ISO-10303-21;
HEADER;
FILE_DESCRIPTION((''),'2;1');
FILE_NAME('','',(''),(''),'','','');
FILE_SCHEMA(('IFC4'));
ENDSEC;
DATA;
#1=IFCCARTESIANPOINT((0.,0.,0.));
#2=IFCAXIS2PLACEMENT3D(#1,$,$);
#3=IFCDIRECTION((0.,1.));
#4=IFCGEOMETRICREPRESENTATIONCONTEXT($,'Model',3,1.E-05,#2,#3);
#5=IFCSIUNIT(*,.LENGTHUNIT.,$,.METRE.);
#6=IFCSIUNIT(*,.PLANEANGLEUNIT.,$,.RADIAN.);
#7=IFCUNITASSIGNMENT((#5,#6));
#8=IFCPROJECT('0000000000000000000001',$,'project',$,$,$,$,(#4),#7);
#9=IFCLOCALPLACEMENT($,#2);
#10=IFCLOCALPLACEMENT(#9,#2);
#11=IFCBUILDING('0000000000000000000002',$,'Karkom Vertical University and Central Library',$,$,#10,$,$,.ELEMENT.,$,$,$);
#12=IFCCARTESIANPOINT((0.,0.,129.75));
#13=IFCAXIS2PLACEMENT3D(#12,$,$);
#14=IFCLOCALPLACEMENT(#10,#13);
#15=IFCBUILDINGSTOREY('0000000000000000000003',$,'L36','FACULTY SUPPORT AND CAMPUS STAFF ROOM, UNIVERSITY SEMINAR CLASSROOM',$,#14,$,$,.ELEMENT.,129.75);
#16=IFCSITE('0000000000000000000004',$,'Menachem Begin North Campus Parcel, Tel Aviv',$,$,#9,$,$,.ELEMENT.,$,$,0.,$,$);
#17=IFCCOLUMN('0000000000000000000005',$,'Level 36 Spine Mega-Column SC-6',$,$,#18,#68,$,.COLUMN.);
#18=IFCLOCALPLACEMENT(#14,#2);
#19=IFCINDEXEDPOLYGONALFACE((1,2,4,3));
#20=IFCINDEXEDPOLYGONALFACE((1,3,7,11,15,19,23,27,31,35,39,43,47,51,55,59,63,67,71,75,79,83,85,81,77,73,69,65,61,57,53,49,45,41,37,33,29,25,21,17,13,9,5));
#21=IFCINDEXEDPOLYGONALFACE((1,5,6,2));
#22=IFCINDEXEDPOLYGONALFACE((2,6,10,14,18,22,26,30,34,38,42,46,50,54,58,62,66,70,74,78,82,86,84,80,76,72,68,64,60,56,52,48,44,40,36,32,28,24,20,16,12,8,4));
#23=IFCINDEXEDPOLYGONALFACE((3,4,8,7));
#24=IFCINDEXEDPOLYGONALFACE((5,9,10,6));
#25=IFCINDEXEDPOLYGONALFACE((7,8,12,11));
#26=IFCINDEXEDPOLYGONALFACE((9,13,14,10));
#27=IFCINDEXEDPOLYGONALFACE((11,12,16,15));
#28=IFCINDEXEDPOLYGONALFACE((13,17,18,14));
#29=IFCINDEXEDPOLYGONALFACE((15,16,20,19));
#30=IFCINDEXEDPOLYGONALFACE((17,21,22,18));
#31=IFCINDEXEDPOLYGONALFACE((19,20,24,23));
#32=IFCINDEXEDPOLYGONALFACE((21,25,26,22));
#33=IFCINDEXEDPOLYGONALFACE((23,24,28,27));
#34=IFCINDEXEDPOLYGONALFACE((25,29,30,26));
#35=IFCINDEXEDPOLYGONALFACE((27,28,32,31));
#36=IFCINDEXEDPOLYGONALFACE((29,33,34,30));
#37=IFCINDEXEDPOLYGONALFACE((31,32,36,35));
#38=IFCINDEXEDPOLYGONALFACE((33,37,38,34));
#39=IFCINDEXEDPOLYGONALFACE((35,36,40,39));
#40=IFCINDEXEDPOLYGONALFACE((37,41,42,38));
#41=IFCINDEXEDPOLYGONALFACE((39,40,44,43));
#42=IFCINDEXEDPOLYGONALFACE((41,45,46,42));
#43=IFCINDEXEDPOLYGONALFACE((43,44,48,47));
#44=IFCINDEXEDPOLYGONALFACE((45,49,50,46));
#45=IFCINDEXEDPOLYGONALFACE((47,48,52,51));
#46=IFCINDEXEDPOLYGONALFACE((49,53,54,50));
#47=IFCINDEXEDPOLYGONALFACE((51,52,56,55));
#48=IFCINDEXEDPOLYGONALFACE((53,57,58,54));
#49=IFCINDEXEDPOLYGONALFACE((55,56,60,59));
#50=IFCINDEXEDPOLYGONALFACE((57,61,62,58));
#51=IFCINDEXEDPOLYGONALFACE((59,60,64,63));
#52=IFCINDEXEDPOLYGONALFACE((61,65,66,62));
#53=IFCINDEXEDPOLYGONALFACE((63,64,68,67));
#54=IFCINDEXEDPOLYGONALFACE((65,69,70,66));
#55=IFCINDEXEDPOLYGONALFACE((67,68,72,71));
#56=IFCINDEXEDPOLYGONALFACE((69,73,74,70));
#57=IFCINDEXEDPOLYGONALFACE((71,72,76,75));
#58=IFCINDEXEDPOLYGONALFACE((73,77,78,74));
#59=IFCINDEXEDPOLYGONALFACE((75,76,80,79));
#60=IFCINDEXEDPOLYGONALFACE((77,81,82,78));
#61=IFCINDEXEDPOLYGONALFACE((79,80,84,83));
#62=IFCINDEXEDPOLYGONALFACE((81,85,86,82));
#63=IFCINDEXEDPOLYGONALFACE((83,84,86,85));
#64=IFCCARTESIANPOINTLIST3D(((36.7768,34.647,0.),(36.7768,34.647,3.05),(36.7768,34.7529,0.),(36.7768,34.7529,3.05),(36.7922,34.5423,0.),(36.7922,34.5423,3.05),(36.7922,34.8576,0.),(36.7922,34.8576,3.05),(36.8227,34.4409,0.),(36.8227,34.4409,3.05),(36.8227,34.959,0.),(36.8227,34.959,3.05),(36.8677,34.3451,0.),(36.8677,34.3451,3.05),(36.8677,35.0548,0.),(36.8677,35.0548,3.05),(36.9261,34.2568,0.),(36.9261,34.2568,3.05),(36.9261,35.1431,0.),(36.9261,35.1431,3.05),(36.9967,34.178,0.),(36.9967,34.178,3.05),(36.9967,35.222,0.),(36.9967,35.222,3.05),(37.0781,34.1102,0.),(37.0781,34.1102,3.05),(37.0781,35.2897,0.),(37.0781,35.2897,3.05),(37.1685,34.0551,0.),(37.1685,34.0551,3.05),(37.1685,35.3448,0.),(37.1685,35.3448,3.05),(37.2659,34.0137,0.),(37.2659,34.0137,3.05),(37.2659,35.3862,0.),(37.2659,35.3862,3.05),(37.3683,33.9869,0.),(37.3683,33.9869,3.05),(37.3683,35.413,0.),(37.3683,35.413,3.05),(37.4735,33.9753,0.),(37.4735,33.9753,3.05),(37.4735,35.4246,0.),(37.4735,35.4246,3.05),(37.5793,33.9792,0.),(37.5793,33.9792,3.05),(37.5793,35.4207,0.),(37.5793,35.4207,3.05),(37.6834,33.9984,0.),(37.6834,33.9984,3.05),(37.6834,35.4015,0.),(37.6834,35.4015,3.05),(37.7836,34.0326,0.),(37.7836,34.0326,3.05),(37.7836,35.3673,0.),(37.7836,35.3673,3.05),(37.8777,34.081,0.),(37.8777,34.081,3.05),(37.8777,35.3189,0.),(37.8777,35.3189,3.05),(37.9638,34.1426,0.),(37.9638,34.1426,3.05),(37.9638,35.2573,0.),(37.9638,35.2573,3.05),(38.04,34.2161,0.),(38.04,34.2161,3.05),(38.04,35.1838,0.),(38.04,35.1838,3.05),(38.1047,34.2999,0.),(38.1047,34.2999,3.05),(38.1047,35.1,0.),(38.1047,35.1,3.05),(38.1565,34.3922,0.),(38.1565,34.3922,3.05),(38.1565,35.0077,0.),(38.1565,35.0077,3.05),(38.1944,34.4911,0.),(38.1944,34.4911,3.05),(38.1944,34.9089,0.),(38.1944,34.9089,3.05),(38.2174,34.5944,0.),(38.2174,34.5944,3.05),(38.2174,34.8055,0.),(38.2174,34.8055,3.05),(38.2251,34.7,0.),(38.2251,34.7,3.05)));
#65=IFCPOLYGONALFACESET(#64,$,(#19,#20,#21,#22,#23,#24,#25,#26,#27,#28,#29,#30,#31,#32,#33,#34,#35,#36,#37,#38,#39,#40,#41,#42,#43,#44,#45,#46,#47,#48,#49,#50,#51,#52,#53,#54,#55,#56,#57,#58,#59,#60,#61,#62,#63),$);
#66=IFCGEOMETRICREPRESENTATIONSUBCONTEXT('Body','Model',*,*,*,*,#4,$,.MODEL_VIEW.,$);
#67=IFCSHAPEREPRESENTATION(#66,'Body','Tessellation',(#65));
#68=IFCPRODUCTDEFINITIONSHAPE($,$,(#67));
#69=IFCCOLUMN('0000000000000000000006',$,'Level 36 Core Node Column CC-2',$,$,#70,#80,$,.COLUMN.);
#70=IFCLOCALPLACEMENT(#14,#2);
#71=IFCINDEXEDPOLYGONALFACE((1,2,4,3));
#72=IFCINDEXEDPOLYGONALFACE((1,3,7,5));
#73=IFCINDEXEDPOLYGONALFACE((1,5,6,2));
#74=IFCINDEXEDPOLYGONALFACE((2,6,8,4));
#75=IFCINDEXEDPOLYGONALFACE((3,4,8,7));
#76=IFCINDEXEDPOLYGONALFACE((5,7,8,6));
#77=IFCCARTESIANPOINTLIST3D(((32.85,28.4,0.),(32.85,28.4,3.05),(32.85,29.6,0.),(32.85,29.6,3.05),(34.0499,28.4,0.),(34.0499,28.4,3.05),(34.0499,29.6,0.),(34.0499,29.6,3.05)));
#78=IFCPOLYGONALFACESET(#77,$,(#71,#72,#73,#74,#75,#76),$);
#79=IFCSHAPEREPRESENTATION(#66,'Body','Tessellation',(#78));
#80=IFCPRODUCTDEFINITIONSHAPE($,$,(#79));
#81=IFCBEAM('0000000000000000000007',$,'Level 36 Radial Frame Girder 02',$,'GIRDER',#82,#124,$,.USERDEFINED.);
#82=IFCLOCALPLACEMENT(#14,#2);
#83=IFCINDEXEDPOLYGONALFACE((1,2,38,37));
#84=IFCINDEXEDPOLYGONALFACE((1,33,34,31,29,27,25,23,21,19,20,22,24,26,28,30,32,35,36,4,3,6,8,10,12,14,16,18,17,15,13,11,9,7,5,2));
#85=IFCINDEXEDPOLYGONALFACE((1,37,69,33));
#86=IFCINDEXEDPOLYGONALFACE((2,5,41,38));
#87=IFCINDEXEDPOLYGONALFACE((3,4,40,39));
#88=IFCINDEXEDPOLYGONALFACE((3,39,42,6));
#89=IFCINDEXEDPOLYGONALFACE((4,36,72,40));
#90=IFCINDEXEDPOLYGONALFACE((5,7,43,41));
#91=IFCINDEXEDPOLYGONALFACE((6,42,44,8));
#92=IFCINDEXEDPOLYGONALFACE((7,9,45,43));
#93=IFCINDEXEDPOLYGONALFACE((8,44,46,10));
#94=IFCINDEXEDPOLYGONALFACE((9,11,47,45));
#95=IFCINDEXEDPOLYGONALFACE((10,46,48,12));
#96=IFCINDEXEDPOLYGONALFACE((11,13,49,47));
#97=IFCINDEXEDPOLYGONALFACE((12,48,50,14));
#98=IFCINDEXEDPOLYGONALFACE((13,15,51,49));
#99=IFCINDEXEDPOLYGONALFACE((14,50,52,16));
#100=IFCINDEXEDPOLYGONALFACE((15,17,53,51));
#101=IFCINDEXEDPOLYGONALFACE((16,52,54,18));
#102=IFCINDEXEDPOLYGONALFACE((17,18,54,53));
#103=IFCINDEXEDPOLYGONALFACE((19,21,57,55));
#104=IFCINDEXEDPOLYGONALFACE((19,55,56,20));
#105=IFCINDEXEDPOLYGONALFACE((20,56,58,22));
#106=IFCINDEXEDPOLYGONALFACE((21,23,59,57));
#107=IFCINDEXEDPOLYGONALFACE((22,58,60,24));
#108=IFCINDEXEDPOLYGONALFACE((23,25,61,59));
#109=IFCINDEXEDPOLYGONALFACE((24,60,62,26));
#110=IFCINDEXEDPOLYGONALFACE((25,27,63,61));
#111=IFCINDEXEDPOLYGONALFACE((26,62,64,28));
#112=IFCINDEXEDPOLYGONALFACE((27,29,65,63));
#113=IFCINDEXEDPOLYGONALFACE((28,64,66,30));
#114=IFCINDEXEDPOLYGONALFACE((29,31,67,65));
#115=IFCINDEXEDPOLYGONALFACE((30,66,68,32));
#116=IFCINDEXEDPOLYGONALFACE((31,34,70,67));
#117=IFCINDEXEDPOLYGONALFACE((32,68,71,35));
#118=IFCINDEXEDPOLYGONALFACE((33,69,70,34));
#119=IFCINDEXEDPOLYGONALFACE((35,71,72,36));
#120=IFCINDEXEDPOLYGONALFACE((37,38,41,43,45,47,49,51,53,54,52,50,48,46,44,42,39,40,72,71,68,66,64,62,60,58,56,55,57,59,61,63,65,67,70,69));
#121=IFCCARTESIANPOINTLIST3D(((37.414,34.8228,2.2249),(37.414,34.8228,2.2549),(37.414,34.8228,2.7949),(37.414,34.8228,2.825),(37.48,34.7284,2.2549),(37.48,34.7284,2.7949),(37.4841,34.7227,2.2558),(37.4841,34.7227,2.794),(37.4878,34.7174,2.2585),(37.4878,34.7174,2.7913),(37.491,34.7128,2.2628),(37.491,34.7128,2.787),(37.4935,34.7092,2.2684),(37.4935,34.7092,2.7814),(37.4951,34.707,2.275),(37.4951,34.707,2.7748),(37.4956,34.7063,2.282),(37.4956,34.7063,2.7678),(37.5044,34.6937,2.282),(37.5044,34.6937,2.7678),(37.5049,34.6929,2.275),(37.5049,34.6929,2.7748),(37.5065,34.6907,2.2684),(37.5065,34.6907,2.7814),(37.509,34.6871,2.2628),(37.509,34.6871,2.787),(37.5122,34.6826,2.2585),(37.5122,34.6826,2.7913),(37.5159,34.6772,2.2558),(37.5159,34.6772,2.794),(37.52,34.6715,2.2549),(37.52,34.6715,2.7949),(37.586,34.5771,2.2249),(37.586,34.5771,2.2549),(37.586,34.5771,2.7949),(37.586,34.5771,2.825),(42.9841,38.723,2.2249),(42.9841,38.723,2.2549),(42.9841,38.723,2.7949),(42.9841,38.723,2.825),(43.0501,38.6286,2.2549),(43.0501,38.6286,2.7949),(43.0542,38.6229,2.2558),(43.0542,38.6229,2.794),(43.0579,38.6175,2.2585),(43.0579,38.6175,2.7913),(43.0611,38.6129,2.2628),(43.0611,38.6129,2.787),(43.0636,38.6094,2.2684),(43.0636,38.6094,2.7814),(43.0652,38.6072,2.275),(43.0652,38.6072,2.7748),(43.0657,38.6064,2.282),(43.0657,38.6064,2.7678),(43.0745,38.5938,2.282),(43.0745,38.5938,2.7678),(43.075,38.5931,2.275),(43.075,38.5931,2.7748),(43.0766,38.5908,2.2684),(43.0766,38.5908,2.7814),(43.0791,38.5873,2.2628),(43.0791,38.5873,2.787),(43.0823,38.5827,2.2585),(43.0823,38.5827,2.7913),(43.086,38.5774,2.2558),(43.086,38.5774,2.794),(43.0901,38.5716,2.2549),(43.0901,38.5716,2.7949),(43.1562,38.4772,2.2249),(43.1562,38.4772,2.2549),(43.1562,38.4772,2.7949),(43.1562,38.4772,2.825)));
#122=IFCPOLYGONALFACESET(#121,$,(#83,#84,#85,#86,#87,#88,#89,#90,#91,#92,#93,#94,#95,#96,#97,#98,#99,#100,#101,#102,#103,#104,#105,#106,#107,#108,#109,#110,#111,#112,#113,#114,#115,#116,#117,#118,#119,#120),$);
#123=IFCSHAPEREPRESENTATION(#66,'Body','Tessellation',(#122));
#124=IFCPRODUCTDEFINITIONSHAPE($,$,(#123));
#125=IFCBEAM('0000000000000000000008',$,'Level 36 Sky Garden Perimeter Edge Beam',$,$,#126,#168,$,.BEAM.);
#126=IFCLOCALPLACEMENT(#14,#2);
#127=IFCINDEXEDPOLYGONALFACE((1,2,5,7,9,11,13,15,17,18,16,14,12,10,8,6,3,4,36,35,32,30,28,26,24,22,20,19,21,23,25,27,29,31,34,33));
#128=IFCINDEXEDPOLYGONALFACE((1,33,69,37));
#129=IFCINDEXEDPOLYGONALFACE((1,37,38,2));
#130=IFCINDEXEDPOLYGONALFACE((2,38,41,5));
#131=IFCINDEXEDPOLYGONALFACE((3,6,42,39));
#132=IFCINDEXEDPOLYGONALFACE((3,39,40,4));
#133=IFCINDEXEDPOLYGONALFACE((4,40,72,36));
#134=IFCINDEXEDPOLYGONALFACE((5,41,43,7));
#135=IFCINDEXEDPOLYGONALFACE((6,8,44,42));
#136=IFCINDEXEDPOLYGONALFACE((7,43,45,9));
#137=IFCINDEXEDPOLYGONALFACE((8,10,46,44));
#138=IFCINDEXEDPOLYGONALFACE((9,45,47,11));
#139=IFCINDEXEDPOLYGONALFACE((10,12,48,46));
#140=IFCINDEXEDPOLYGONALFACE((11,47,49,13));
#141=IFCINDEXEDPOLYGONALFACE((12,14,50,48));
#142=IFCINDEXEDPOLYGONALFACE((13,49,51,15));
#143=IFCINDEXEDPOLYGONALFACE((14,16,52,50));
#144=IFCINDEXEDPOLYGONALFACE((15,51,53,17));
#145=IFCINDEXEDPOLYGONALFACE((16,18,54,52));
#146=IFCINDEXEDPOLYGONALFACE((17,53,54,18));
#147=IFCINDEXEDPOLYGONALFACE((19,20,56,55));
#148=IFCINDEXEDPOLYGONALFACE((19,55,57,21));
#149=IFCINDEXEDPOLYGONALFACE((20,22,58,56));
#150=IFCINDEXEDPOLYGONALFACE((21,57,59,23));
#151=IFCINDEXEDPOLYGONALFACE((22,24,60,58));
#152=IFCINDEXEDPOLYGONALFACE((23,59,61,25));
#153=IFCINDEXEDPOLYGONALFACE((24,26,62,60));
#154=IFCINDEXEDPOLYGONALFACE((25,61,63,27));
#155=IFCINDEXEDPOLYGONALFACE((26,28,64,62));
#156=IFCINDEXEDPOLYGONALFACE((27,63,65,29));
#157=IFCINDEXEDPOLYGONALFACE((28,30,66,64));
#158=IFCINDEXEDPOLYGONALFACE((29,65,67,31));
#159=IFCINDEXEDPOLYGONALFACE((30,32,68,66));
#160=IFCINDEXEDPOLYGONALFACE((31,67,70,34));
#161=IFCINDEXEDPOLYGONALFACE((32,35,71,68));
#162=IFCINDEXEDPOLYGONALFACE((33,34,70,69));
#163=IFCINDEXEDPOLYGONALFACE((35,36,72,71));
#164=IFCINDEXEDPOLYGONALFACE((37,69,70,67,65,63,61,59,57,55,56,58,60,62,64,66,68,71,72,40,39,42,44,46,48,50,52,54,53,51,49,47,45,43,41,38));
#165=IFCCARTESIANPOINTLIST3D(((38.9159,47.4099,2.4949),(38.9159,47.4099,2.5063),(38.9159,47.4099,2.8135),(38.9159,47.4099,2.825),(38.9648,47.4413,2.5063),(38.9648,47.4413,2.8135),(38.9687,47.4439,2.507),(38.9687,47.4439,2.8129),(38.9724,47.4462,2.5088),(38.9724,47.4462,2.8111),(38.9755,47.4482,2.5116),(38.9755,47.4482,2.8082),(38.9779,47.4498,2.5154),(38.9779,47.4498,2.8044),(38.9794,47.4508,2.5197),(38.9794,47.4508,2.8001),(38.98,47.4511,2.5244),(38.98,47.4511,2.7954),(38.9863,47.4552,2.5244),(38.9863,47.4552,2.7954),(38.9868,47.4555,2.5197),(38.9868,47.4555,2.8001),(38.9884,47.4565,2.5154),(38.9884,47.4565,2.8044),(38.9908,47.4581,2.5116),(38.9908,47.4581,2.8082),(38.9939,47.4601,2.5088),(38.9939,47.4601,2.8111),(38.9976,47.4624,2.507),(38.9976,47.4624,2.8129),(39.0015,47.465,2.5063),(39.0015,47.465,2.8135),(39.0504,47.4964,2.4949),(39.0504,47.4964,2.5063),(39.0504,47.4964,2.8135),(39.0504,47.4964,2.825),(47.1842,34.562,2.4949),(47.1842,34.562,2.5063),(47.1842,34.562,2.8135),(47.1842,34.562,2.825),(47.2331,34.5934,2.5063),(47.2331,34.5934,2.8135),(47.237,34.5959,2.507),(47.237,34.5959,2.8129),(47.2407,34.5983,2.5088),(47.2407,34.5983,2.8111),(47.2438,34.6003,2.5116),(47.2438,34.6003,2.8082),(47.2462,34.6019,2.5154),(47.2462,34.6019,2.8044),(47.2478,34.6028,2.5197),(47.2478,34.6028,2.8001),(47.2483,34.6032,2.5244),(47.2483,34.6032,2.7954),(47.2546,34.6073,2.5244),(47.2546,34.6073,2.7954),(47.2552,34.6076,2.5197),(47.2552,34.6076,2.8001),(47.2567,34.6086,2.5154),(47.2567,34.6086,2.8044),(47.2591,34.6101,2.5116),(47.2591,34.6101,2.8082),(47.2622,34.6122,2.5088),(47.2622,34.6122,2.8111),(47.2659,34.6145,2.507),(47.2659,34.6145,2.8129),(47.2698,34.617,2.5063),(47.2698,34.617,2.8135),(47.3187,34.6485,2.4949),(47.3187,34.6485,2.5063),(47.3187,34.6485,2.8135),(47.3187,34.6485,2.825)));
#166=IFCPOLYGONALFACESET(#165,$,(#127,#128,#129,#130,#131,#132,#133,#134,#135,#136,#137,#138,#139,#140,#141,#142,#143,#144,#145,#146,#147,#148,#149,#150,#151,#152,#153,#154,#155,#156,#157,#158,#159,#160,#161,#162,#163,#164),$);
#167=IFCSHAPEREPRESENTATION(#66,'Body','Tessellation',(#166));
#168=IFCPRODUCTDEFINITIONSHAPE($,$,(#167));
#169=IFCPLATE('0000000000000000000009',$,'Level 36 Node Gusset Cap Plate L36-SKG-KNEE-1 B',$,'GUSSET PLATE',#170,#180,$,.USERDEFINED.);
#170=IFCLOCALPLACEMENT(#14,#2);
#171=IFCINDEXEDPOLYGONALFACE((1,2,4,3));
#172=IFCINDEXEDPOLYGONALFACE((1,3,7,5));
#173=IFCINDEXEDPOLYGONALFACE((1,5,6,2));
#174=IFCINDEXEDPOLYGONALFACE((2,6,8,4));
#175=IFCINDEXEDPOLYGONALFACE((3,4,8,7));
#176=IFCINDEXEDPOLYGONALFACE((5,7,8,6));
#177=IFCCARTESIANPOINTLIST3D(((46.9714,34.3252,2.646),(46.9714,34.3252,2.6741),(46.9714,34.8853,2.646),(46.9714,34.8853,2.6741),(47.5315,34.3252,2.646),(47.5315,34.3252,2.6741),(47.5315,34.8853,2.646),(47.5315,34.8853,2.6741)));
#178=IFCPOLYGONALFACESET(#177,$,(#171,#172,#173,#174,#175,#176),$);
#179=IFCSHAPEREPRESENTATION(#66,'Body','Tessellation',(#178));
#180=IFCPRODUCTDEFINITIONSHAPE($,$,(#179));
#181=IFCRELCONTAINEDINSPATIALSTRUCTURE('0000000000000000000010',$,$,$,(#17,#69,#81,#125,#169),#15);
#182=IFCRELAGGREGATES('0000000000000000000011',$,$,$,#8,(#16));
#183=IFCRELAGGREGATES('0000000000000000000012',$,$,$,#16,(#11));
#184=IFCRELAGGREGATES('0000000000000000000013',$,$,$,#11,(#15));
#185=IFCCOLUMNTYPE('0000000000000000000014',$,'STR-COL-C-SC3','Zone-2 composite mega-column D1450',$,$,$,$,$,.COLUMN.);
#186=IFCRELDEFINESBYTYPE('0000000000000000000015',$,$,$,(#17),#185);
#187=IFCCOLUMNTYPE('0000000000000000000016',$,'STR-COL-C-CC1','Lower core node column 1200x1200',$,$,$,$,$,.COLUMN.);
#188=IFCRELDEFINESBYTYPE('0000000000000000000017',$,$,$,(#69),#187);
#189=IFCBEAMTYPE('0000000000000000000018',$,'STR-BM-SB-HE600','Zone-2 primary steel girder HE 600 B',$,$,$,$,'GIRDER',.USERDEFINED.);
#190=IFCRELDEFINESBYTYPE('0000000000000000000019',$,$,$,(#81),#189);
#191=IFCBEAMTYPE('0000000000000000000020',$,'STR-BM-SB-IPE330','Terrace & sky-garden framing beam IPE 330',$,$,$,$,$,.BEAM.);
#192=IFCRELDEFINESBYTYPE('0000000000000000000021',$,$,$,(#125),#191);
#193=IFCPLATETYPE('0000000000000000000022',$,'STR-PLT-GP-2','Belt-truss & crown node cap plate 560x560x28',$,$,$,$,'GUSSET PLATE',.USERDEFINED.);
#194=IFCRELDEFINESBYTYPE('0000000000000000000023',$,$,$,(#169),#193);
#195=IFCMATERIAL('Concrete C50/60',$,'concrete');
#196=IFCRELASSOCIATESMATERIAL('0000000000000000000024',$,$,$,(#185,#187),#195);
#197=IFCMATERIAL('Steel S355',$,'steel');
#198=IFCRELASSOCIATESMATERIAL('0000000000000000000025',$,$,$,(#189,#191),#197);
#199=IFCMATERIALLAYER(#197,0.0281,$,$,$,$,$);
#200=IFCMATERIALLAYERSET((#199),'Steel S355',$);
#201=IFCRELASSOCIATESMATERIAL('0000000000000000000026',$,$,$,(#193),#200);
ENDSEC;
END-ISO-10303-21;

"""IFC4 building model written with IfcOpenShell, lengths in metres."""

from ifc_helpers import new_model, si_unit, direction, frame, origin, origin_with_axes, origin_2d, place, context, subcontext, project, spatial, rectangle, circle, i_section, extrude, source, transform, mapped, material, layer, layer_set, material_profile, profile_set, type_object, element, save


model = new_model("IFC4")

# Units and contexts
model_context = context("Model", 3, precision=1e-05, world=origin(), true_north=direction((0.0, 1.0)))
body_context = subcontext(model_context, "Body", "Model", "MODEL_VIEW")
ifc_project = project(units=[si_unit("LENGTHUNIT", "METRE"), si_unit("PLANEANGLEUNIT", "RADIAN")], contexts=[model_context])

# Site, building, storey
site_placement = place(None, origin())
site = spatial("IfcSite", under=ifc_project, at=site_placement, Name="Menachem Begin North Campus Parcel, Tel Aviv", CompositionType="ELEMENT", RefElevation=0.0)
building_placement = place(site_placement, origin())
building = spatial("IfcBuilding", under=site, at=building_placement, Name="Karkom Vertical University and Central Library", CompositionType="ELEMENT")
storey_placement = place(building_placement, frame((0.0, 0.0, 129.75)))
storey = spatial("IfcBuildingStorey", under=building, at=storey_placement, Name="L36", Description="FACULTY SUPPORT AND CAMPUS STAFF ROOM, UNIVERSITY SEMINAR CLASSROOM", CompositionType="ELEMENT", Elevation=129.75)

# Columns
ifc_material_1 = material(Name="Concrete C50/60", Category="concrete")
ifc_material_profile_1 = material_profile(ifc_material_1, circle(Radius=0.7251, at=origin_2d()), Name="CFT-D1450")
ifc_profile_set_1 = profile_set([ifc_material_profile_1], Name="Concrete C50/60")
column_type_1 = type_object("IfcColumnType", Name="STR-COL-C-SC3", Description="Zone-2 composite mega-column D1450", PredefinedType="COLUMN", material=ifc_profile_set_1)
shared_shape_1 = source(origin_with_axes(), body_context, "Body", "SweptSolid", [
    extrude(circle(Radius=0.7251, at=origin_2d()), origin(), (0.0, 0.0, 1.0), 3.05),
])
column_1_placement = place(storey_placement, frame((37.5, 34.7, 0.0), z_axis=(0.0, 0.0, 1.0), x_axis=(1.0, 0.0, 0.0)))
element("IfcColumn", 1, at=column_1_placement, inside=storey, type_object=column_type_1, Name="Level 36 Spine Mega-Column SC-6", PredefinedType="COLUMN", context=body_context, shape_type="MappedRepresentation", body=[
    mapped(shared_shape_1, transform((0.0, 0.0, 0.0), scale=1.0)),
])
ifc_material_profile_2 = material_profile(ifc_material_1, rectangle(XDim=1.2, YDim=1.2, at=origin_2d()), Name="RC-1200x1200")
ifc_profile_set_2 = profile_set([ifc_material_profile_2], Name="Concrete C50/60")
column_type_2 = type_object("IfcColumnType", Name="STR-COL-C-CC1", Description="Lower core node column 1200x1200", PredefinedType="COLUMN", material=ifc_profile_set_2)
shared_shape_2 = source(origin_with_axes(), body_context, "Body", "SweptSolid", [
    extrude(rectangle(XDim=1.2, YDim=1.2, at=origin_2d()), origin(), (0.0, 0.0, 1.0), 3.05),
])
column_2_placement = place(storey_placement, frame((33.45, 29.0, 0.0), z_axis=(0.0, 0.0, 1.0), x_axis=(1.0, 0.0, 0.0)))
element("IfcColumn", 2, at=column_2_placement, inside=storey, type_object=column_type_2, Name="Level 36 Core Node Column CC-2", PredefinedType="COLUMN", context=body_context, shape_type="MappedRepresentation", body=[
    mapped(shared_shape_2, transform((0.0, 0.0, 0.0), scale=1.0)),
])

# Beams
ifc_material_2 = material(Name="Steel S355", Category="steel")
ifc_material_profile_3 = material_profile(ifc_material_2, i_section(OverallWidth=0.3, OverallDepth=0.6001, WebThickness=0.0154, FlangeThickness=0.03, FilletRadius=0.0271, at=origin_2d()), Name="HE 600 B")
ifc_profile_set_3 = profile_set([ifc_material_profile_3], Name="Steel S355")
beam_type_1 = type_object("IfcBeamType", Name="STR-BM-SB-HE600", Description="Zone-2 primary steel girder HE 600 B", ElementType="GIRDER", PredefinedType="USERDEFINED", material=ifc_profile_set_3)
shared_shape_3 = source(origin_with_axes(), body_context, "Body", "SweptSolid", [
    extrude(i_section(OverallWidth=0.3, OverallDepth=0.6001, WebThickness=0.0154, FlangeThickness=0.03, FilletRadius=0.0271, at=origin_2d()), origin(), (0.0, 0.0, 1.0), 6.7998),
])
beam_1_placement = place(storey_placement, frame((37.5, 34.7, 2.5249), z_axis=(0.819156, 0.573571, 0.0), x_axis=(-0.573571, 0.819156, 0.0)))
element("IfcBeam", 3, at=beam_1_placement, inside=storey, type_object=beam_type_1, Name="Level 36 Radial Frame Girder 02", ObjectType="GIRDER", PredefinedType="USERDEFINED", context=body_context, shape_type="MappedRepresentation", body=[
    mapped(shared_shape_3, transform((0.0, 0.0, 0.0), scale=1.0)),
])
ifc_material_profile_4 = material_profile(ifc_material_2, i_section(OverallWidth=0.1599, OverallDepth=0.3301, WebThickness=0.0076, FlangeThickness=0.0115, FilletRadius=0.0181, at=origin_2d()), Name="IPE 330")
ifc_profile_set_4 = profile_set([ifc_material_profile_4], Name="Steel S355")
beam_type_2 = type_object("IfcBeamType", Name="STR-BM-SB-IPE330", Description="Terrace & sky-garden framing beam IPE 330", PredefinedType="BEAM", material=ifc_profile_set_4)
shared_shape_4 = source(origin_with_axes(), body_context, "Body", "SweptSolid", [
    extrude(i_section(OverallWidth=0.1599, OverallDepth=0.3301, WebThickness=0.0076, FlangeThickness=0.0115, FilletRadius=0.0181, at=origin_2d()), origin(), (0.0, 0.0, 1.0), 15.2786),
])
beam_2_placement = place(storey_placement, frame((47.2515, 34.6052, 2.6599), z_axis=(-0.541172, 0.840912, 0.0), x_axis=(-0.840912, -0.541172, 0.0)))
element("IfcBeam", 4, at=beam_2_placement, inside=storey, type_object=beam_type_2, Name="Level 36 Sky Garden Perimeter Edge Beam", PredefinedType="BEAM", context=body_context, shape_type="MappedRepresentation", body=[
    mapped(shared_shape_4, transform((0.0, 0.0, 0.0), scale=1.0)),
])

# Plate
ifc_layer_1 = layer(ifc_material_2, 0.0281)
ifc_layer_set_1 = layer_set([ifc_layer_1], Name="Steel S355")
plate_type = type_object("IfcPlateType", Name="STR-PLT-GP-2", Description="Belt-truss & crown node cap plate 560x560x28", ElementType="GUSSET PLATE", PredefinedType="USERDEFINED", material=ifc_layer_set_1)
shared_shape_5 = source(origin_with_axes(), body_context, "Body", "SweptSolid", [
    extrude(rectangle(XDim=0.5601, YDim=0.5601, at=origin_2d()), origin(), (0.0, 0.0, 1.0), 0.0281),
])
plate_placement = place(storey_placement, frame((47.2515, 34.6052, 2.646), z_axis=(0.0, 0.0, 1.0), x_axis=(1.0, 0.0, 0.0)))
element("IfcPlate", 5, at=plate_placement, inside=storey, type_object=plate_type, Name="Level 36 Node Gusset Cap Plate L36-SKG-KNEE-1 B", ObjectType="GUSSET PLATE", PredefinedType="USERDEFINED", context=body_context, shape_type="MappedRepresentation", body=[
    mapped(shared_shape_5, transform((0.0, 0.0, 0.0), scale=1.0)),
])

save(model, "model.ifc")
